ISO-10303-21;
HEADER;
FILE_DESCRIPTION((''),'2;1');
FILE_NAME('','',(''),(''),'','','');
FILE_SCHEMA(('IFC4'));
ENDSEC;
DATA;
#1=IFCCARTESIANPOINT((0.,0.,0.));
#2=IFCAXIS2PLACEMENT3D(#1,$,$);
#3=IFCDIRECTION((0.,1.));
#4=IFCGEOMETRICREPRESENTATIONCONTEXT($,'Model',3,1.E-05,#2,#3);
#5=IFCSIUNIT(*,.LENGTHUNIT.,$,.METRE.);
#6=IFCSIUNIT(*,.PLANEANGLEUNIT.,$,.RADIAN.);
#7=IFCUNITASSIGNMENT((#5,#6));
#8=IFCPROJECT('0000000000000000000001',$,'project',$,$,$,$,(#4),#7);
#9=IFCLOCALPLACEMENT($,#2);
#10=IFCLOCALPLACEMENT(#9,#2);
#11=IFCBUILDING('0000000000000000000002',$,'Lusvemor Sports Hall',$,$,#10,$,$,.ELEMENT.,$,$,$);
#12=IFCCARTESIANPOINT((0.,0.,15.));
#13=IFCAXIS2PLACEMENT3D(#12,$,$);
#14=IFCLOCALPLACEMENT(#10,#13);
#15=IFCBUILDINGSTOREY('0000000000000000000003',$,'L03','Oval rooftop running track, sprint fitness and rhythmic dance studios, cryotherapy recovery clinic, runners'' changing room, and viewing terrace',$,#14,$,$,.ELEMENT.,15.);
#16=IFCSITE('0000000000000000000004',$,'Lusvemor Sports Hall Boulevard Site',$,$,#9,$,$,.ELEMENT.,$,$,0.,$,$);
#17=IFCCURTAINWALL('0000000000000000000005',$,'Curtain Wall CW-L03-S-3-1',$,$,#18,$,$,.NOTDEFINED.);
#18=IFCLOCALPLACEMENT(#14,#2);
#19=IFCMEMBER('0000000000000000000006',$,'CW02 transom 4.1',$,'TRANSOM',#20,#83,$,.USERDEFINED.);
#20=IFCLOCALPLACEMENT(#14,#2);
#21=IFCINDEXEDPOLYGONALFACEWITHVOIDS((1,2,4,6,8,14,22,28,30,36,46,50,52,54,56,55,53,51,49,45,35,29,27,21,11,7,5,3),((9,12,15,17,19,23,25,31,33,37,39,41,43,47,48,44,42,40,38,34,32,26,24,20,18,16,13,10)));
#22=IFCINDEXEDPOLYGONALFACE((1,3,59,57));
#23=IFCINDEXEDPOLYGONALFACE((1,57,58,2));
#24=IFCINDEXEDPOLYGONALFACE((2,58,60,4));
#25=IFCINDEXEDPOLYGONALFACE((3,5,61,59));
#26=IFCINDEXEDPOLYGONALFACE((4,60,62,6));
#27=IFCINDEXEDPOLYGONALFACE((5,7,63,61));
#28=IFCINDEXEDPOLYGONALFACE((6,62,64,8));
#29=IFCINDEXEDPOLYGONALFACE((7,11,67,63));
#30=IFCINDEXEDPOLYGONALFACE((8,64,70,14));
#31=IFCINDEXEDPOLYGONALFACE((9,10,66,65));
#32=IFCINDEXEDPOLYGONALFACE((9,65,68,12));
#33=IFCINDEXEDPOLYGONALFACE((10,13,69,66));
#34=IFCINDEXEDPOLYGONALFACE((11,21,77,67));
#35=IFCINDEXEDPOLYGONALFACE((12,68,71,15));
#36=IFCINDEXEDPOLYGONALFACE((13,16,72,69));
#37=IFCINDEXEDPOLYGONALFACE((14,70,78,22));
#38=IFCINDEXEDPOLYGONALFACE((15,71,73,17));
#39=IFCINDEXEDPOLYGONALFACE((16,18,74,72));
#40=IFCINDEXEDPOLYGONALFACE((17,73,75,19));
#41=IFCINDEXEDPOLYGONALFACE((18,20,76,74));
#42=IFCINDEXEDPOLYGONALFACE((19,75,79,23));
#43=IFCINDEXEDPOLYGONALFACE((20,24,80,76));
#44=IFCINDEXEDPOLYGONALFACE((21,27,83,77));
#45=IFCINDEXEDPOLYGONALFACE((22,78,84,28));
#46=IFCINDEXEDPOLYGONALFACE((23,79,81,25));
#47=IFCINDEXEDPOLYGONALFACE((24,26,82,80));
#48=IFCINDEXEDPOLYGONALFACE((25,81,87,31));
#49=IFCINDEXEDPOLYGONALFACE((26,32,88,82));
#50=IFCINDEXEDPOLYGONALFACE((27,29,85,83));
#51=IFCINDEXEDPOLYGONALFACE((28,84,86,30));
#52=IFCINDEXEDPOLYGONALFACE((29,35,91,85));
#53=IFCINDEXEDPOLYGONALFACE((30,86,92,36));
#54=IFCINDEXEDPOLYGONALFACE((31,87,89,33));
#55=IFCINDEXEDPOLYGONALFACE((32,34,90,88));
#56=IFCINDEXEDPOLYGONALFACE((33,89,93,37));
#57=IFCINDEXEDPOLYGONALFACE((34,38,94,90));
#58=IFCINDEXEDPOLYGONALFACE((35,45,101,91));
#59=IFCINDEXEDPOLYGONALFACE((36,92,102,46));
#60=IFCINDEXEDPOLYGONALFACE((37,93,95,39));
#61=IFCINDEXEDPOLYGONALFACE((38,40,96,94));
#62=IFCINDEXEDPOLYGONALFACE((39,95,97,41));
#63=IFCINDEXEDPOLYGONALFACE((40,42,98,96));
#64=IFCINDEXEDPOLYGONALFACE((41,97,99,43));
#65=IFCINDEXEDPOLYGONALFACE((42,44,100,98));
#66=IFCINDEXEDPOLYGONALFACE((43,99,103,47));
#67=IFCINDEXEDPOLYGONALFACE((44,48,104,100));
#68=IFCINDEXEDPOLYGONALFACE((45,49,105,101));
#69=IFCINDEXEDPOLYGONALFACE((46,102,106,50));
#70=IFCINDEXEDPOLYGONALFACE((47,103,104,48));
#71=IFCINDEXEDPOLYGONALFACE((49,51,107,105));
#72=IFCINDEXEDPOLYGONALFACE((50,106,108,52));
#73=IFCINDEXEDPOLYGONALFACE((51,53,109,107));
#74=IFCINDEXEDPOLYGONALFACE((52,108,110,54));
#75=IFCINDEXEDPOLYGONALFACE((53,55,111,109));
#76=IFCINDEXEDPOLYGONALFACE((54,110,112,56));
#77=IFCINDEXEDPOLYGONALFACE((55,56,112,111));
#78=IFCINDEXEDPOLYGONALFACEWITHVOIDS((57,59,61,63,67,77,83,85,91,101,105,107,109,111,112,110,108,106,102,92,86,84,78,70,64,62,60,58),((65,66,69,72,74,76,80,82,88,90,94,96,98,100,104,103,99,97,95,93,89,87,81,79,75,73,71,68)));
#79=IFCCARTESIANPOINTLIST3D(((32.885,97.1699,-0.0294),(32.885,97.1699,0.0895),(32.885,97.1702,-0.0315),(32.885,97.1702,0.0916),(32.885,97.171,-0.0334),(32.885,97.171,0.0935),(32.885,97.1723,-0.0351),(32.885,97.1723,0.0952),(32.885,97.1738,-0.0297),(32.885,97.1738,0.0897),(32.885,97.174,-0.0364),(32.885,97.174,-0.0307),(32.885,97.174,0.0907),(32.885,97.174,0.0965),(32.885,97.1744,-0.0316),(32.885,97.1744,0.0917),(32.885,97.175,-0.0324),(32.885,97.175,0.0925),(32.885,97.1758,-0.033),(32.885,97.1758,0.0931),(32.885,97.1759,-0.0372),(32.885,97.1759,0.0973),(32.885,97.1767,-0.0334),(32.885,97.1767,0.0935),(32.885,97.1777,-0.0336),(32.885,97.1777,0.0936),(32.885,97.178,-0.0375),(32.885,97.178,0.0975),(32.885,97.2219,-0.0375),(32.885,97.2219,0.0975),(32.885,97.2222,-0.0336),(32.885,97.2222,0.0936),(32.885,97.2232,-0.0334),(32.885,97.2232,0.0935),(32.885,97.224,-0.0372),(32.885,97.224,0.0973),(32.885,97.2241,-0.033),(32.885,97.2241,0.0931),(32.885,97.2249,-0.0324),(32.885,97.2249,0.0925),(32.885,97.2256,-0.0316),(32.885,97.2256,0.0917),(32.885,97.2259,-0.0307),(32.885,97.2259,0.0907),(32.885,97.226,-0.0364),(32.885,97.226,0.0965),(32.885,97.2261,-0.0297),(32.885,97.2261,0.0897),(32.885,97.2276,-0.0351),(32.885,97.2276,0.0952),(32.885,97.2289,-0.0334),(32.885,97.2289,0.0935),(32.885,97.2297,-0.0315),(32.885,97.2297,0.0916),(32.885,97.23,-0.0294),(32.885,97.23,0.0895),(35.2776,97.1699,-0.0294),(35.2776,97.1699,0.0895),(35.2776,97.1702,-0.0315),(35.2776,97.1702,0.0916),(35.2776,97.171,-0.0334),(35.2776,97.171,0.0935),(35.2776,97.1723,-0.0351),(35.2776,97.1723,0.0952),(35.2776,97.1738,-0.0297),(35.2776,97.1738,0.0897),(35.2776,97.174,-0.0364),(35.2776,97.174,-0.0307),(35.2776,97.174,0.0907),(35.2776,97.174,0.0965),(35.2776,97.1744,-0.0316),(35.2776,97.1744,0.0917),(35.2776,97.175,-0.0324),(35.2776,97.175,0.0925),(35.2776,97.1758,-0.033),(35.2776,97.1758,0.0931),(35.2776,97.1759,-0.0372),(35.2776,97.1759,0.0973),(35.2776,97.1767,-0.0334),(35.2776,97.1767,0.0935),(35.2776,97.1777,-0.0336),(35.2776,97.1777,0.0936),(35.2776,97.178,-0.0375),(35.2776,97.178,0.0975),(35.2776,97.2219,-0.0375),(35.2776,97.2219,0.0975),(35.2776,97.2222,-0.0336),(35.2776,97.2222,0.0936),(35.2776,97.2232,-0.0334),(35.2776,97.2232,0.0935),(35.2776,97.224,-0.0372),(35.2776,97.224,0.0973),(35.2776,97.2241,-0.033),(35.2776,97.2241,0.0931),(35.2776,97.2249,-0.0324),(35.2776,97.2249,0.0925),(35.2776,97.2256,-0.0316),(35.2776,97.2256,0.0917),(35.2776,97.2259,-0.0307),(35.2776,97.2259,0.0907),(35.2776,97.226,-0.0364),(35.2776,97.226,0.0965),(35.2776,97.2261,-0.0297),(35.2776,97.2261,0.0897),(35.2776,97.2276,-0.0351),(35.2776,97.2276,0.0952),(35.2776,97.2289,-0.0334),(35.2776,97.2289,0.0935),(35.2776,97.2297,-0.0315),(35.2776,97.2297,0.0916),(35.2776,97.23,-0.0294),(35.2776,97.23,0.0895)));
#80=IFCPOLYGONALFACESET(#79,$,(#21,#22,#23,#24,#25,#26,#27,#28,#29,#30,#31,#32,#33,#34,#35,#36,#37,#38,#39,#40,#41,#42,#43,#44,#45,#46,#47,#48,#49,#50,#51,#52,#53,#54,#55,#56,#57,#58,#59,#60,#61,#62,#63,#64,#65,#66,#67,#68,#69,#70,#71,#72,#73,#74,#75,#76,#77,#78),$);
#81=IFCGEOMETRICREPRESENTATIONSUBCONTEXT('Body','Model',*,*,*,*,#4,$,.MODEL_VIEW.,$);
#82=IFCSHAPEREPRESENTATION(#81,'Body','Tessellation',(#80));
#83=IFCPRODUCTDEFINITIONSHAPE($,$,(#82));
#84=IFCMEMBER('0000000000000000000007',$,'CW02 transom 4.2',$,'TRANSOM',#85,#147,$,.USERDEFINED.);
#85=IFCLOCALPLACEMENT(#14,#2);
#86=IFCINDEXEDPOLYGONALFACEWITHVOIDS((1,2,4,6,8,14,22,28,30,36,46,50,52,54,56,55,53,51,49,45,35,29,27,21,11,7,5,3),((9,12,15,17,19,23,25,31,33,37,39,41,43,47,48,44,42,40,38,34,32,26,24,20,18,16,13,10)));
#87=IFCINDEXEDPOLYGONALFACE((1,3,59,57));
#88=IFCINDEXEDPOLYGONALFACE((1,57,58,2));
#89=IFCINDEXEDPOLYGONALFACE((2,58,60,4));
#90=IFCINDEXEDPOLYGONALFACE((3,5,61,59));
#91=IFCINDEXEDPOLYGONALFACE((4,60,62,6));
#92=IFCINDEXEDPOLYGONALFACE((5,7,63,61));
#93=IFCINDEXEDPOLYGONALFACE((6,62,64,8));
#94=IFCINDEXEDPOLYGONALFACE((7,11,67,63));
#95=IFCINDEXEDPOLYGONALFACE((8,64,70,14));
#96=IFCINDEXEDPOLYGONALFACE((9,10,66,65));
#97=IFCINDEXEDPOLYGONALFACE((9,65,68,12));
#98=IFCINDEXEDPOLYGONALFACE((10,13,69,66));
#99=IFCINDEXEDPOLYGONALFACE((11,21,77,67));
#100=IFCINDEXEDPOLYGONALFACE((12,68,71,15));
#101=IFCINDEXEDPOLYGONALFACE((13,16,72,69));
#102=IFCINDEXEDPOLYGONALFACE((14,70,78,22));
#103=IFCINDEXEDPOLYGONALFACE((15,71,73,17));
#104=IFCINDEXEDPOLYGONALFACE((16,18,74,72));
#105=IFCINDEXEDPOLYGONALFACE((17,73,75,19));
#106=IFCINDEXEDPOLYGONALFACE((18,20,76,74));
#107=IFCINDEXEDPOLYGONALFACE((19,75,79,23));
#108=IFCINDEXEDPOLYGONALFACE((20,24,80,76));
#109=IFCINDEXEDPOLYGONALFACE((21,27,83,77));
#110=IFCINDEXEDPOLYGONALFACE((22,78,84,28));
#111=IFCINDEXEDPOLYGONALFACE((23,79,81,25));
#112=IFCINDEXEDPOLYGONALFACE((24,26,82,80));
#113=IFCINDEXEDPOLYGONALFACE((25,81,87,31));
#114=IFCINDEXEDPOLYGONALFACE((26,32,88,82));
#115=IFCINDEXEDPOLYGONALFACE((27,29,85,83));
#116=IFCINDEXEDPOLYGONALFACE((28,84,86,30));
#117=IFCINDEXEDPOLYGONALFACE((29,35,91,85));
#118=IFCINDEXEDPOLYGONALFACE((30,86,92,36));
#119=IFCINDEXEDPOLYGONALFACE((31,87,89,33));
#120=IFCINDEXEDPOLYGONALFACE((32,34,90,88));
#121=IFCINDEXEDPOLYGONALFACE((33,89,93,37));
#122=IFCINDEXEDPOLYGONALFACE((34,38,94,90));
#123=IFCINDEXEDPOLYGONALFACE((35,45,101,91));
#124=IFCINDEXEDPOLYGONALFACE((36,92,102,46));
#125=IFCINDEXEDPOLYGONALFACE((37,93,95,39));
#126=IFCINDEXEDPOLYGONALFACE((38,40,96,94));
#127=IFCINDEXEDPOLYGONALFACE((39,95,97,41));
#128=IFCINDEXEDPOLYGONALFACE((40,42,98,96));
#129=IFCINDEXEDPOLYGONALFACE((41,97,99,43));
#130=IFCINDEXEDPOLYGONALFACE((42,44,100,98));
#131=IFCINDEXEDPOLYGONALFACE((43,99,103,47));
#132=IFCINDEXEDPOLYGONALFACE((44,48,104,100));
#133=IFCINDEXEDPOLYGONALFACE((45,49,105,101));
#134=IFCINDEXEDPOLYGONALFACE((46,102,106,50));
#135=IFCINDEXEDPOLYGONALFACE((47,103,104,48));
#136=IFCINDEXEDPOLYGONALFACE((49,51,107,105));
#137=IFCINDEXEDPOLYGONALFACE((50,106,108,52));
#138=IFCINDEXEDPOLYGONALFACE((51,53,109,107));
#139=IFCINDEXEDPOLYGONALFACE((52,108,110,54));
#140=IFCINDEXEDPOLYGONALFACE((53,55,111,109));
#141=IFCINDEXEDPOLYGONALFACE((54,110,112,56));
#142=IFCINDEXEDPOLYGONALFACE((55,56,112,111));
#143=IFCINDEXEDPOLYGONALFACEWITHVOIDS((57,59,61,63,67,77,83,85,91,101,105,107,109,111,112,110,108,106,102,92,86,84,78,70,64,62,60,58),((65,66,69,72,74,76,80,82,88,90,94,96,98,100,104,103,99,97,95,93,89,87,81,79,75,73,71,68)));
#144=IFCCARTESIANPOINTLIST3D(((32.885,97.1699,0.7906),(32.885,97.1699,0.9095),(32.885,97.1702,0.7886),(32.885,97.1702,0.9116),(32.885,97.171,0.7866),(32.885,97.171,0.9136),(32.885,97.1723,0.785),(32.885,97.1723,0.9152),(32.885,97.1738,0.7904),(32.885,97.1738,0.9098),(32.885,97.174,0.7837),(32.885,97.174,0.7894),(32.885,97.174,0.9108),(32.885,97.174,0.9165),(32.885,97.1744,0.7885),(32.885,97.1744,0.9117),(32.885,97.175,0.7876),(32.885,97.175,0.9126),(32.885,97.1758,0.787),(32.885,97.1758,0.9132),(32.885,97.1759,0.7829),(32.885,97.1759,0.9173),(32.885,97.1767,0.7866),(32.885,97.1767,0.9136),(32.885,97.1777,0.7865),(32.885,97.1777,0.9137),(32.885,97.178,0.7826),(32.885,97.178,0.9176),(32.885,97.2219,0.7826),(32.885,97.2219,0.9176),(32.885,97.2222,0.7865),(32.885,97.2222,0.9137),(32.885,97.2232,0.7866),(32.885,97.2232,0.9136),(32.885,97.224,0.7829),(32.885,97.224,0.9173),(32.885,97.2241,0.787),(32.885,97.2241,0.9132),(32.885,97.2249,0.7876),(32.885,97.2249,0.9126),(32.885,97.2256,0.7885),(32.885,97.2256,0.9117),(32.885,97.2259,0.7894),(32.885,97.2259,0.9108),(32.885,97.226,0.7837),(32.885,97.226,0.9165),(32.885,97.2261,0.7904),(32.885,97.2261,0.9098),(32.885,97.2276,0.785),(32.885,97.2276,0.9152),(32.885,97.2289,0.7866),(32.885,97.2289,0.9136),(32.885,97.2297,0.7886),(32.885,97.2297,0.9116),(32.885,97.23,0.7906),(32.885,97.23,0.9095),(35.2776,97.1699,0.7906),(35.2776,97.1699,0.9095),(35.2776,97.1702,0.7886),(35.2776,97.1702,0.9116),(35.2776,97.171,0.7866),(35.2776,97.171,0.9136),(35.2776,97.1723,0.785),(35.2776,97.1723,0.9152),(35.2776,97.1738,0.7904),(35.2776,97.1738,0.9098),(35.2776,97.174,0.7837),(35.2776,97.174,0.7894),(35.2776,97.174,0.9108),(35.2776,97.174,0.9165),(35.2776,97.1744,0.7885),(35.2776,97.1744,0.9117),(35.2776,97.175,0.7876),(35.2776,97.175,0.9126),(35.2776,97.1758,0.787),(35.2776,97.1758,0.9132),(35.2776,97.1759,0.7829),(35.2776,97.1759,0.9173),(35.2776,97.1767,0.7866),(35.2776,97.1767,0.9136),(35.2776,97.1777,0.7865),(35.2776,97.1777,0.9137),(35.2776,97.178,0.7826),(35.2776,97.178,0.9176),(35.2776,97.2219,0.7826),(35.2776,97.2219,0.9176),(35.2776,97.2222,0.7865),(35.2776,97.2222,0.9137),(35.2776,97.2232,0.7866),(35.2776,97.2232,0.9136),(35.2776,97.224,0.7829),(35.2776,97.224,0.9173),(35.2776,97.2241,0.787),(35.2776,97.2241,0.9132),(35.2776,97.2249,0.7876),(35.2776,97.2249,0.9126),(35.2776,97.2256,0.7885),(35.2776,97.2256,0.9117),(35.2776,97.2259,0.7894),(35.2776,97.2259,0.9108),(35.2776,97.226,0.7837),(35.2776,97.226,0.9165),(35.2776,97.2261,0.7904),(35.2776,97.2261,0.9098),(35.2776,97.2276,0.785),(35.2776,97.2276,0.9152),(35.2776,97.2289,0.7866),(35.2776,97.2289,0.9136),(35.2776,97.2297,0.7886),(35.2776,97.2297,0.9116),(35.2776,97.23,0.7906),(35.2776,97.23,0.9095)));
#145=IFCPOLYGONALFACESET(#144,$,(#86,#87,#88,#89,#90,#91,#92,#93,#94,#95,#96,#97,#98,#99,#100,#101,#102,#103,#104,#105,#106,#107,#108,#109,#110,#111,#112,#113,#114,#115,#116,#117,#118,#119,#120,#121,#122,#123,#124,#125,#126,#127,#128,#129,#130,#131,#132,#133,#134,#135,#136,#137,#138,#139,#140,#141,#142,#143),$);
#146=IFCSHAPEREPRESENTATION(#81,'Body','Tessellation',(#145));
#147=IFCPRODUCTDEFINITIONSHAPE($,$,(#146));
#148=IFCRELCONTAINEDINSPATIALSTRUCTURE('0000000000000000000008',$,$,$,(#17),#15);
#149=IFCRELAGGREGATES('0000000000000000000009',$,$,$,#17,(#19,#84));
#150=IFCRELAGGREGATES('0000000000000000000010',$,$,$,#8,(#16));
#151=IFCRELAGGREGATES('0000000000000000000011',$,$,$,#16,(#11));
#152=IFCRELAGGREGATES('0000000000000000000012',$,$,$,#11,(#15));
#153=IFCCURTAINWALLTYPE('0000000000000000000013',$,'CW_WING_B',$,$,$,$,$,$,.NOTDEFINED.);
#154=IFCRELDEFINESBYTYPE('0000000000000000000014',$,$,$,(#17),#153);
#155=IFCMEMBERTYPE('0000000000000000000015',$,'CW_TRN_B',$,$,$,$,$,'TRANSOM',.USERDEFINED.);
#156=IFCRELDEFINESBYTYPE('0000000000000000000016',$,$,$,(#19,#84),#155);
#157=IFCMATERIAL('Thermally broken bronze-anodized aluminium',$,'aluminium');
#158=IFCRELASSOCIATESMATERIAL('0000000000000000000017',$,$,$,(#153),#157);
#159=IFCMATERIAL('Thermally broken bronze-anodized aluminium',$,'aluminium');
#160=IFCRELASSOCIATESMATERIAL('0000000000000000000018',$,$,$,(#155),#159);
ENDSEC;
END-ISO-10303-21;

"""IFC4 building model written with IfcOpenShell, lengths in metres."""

from ifc_helpers import new_model, si_unit, direction, frame, origin, origin_2d, place, context, subcontext, project, spatial, hollow_rectangle, extrude, material, material_profile, profile_set, type_object, element, aggregate, save


model = new_model("IFC4")

# Units and contexts
model_context = context("Model", 3, precision=1e-05, world=origin(), true_north=direction((0.0, 1.0)))
body_context = subcontext(model_context, "Body", "Model", "MODEL_VIEW")
ifc_project = project(units=[si_unit("LENGTHUNIT", "METRE"), si_unit("PLANEANGLEUNIT", "RADIAN")], contexts=[model_context])

# Site, building, storey
site_placement = place(None, origin())
site = spatial("IfcSite", under=ifc_project, at=site_placement, Name="Lusvemor Sports Hall Boulevard Site", CompositionType="ELEMENT", RefElevation=0.0)
building_placement = place(site_placement, origin())
building = spatial("IfcBuilding", under=site, at=building_placement, Name="Lusvemor Sports Hall", CompositionType="ELEMENT")
storey_placement = place(building_placement, frame((0.0, 0.0, 15.0)))
storey = spatial("IfcBuildingStorey", under=building, at=storey_placement, Name="L03", Description="Oval rooftop running track, sprint fitness and rhythmic dance studios, cryotherapy recovery clinic, runners' changing room, and viewing terrace", CompositionType="ELEMENT", Elevation=15.0)

# Curtain wall, members
ifc_material_1 = material(Name="Thermally broken bronze-anodized aluminium", Category="aluminium")
curtain_wall_type = type_object("IfcCurtainWallType", Name="CW_WING_B", PredefinedType="NOTDEFINED", material=ifc_material_1)
curtain_wall_placement = place(storey_placement, origin())
curtain_wall = element("IfcCurtainWall", 1, at=curtain_wall_placement, inside=storey, type_object=curtain_wall_type, Name="Curtain Wall CW-L03-S-3-1", PredefinedType="NOTDEFINED")
ifc_material_2 = material(Name="Thermally broken bronze-anodized aluminium", Category="aluminium")
ifc_material_profile_1 = material_profile(ifc_material_2, hollow_rectangle(XDim=0.0601, YDim=0.135, WallThickness=0.0039, InnerFilletRadius=0.0039, OuterFilletRadius=0.0081, at=origin_2d()), Name="CWTRN135x60x4")
ifc_profile_set_1 = profile_set([ifc_material_profile_1], Name="Thermally broken bronze-anodized aluminium")
member_type_1 = type_object("IfcMemberType", Name="CW_TRN_B", ElementType="TRANSOM", PredefinedType="USERDEFINED", material=ifc_profile_set_1)
member_1_placement = place(storey_placement, frame((35.2776, 97.2, 0.03), z_axis=(-1.0, 0.0, 0.0), x_axis=(0.0, -1.0, 0.0)))
member_1 = element("IfcMember", 2, at=member_1_placement, type_object=member_type_1, Name="CW02 transom 4.1", ObjectType="TRANSOM", PredefinedType="USERDEFINED", context=body_context, shape_type="SweptSolid", body=[
    extrude(hollow_rectangle(XDim=0.0601, YDim=0.135, WallThickness=0.0039, InnerFilletRadius=0.0039, OuterFilletRadius=0.0081, at=origin_2d()), origin(), (0.0, 0.0, 1.0), 2.3926),
])
member_2_placement = place(storey_placement, frame((35.2776, 97.2, 0.8501), z_axis=(-1.0, 0.0, 0.0), x_axis=(0.0, -1.0, 0.0)))
member_2 = element("IfcMember", 3, at=member_2_placement, type_object=member_type_1, Name="CW02 transom 4.2", ObjectType="TRANSOM", PredefinedType="USERDEFINED", context=body_context, shape_type="SweptSolid", body=[
    extrude(hollow_rectangle(XDim=0.0601, YDim=0.135, WallThickness=0.0039, InnerFilletRadius=0.0039, OuterFilletRadius=0.0081, at=origin_2d()), origin(), (0.0, 0.0, 1.0), 2.3926),
])

aggregate(curtain_wall, [member_1, member_2])

save(model, "model.ifc")
